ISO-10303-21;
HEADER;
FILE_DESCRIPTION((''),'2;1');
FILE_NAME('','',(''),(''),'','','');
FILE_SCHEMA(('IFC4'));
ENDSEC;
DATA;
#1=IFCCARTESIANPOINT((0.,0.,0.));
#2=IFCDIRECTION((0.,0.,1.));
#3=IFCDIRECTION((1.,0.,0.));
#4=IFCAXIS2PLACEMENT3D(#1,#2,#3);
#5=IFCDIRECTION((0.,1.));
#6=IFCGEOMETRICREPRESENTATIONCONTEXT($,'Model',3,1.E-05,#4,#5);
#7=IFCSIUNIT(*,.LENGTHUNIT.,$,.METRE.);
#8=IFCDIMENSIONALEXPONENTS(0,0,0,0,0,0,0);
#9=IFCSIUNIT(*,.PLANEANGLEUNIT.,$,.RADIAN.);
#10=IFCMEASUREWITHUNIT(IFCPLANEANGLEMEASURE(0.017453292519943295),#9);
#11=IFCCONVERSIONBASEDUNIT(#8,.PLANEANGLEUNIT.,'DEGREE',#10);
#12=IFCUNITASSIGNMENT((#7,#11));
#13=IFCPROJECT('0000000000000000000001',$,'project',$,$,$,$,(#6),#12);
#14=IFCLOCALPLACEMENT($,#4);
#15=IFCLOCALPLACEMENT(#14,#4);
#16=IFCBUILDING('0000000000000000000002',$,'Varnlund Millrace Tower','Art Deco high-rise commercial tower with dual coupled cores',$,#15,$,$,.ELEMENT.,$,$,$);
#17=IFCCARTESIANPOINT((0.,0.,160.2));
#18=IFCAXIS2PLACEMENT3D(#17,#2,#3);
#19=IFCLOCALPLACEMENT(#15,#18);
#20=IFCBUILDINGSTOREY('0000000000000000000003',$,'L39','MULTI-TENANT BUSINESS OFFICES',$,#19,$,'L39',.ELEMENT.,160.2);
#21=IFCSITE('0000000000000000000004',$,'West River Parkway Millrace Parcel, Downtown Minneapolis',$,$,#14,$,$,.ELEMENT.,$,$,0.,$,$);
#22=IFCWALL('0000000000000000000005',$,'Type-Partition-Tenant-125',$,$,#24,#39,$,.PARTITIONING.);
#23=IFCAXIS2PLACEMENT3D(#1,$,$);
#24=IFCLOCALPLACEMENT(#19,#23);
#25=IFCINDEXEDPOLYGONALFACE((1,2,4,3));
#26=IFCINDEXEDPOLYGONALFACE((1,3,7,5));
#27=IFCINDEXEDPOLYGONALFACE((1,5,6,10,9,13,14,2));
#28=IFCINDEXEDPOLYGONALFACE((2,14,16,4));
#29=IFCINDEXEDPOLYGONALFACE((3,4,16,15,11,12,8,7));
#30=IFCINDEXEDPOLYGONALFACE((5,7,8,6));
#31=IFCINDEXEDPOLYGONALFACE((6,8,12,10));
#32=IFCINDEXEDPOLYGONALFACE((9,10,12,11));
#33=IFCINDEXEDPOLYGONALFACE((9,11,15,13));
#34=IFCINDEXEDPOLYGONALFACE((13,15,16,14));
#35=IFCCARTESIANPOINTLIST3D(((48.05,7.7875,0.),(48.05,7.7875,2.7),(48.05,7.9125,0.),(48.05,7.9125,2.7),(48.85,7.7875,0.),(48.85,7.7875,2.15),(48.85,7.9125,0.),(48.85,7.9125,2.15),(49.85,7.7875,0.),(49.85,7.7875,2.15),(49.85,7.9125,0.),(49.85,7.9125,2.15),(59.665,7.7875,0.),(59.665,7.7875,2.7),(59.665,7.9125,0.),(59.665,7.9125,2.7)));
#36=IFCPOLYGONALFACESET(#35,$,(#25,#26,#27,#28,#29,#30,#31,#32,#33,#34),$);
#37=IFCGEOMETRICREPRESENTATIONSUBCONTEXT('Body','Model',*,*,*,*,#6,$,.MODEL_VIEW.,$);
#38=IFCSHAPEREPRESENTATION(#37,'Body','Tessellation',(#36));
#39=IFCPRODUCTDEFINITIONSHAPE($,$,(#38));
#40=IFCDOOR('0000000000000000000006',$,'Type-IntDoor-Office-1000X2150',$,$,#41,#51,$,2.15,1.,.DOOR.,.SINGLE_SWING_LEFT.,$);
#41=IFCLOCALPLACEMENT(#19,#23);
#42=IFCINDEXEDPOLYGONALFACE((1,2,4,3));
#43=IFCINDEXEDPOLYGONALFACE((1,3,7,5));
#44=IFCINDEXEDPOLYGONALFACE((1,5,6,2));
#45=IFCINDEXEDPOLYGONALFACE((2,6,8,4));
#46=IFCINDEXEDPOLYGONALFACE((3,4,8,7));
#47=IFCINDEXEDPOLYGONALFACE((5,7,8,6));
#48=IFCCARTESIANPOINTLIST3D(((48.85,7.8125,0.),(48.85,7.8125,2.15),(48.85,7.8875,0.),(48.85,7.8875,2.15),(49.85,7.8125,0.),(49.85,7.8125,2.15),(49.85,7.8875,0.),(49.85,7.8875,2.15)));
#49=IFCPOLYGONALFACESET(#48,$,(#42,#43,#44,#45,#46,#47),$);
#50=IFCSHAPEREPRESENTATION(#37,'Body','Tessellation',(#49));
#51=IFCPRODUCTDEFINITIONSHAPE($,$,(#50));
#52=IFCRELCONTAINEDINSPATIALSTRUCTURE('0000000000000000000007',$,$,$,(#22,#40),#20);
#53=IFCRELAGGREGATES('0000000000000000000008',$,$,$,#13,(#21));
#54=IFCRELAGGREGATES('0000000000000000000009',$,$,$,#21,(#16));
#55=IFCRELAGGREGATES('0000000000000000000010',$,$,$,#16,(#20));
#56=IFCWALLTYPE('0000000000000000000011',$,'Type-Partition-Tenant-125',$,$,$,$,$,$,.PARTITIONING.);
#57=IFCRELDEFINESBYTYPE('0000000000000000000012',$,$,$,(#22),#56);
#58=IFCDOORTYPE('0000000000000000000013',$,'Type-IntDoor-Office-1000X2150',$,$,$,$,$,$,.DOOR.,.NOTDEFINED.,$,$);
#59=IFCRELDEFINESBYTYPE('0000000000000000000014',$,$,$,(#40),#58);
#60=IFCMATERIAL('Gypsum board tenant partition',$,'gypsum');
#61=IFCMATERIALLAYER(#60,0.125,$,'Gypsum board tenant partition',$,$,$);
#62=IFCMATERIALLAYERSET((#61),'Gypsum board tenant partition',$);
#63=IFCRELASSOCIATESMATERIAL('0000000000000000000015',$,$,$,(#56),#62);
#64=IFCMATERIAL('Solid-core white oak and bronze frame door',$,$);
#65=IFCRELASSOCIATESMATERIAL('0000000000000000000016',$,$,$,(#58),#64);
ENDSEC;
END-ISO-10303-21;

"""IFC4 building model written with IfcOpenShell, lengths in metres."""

from ifc_helpers import new_model, entity, si_unit, converted_unit, direction, frame, origin_with_axes, origin_2d_with_axis, place, context, subcontext, project, spatial, polyline, rectangle, outline, extrude, material, layer, layer_set, type_object, element, fill, save


model = new_model("IFC4")

# Units and contexts
model_context = context("Model", 3, precision=1e-05, world=origin_with_axes(), true_north=direction((0.0, 1.0)))
body_context = subcontext(model_context, "Body", "Model", "MODEL_VIEW")
ifc_project = project(units=[si_unit("LENGTHUNIT", "METRE"), converted_unit("PLANEANGLEUNIT", "DEGREE", entity("IfcPlaneAngleMeasure", 0.017453292519943295), si_unit("PLANEANGLEUNIT", "RADIAN"), dimensions=[0, 0, 0, 0, 0, 0, 0])], contexts=[model_context])

# Site, building, storey
site_placement = place(None, origin_with_axes())
site = spatial("IfcSite", under=ifc_project, at=site_placement, Name="West River Parkway Millrace Parcel, Downtown Minneapolis", CompositionType="ELEMENT", RefElevation=0.0)
building_placement = place(site_placement, origin_with_axes())
building = spatial("IfcBuilding", under=site, at=building_placement, Name="Varnlund Millrace Tower", Description="Art Deco high-rise commercial tower with dual coupled cores", CompositionType="ELEMENT")
storey_placement = place(building_placement, frame((0.0, 0.0, 160.2), z_axis=(0.0, 0.0, 1.0), x_axis=(1.0, 0.0, 0.0)))
storey = spatial("IfcBuildingStorey", under=building, at=storey_placement, Name="L39", Description="MULTI-TENANT BUSINESS OFFICES", LongName="L39", CompositionType="ELEMENT", Elevation=160.2)

# Wall, opening, door
ifc_material_1 = material(Name="Gypsum board tenant partition", Category="gypsum")
ifc_layer_1 = layer(ifc_material_1, 0.125, Name="Gypsum board tenant partition")
ifc_layer_set_1 = layer_set([ifc_layer_1], Name="Gypsum board tenant partition")
wall_type_1 = type_object("IfcWallType", Name="Type-Partition-Tenant-125", PredefinedType="PARTITIONING", material=ifc_layer_set_1)
wall_1_placement = place(storey_placement, frame((59.665, 7.85, 0.0), z_axis=(0.0, 0.0, 1.0), x_axis=(-1.0, 0.0, 0.0)))
wall_1 = element("IfcWall", 1, at=wall_1_placement, inside=storey, type_object=wall_type_1, Name="Type-Partition-Tenant-125", PredefinedType="PARTITIONING", context=body_context, shape_type="SweptSolid", body=[
    extrude(outline(polyline([(0.0, -0.0625), (11.615, -0.0625), (11.615, 0.0625), (0.0, 0.0625), (0.0, -0.0625)])), origin_with_axes(), (0.0, 0.0, 1.0), 2.7),
])
opening_1_placement = place(wall_1_placement, frame((10.315, 0.0, 0.0), z_axis=(0.0, 0.0, 1.0), x_axis=(1.0, 0.0, 0.0)))
opening_1 = element("IfcOpeningElement", 2, at=opening_1_placement, cuts=wall_1, PredefinedType="OPENING", context=body_context, shape_type="SweptSolid", body=[
    extrude(rectangle(XDim=1.0, YDim=0.145, at=origin_2d_with_axis()), origin_with_axes(), (0.0, 0.0, 1.0), 2.15),
])
ifc_material_2 = material(Name="Solid-core white oak and bronze frame door")
door_type_1 = type_object("IfcDoorType", Name="Type-IntDoor-Office-1000X2150", OperationType="NOTDEFINED", PredefinedType="DOOR", material=ifc_material_2)
door_1_placement = place(wall_1_placement, frame((10.315, 0.0, 0.0), z_axis=(0.0, 0.0, 1.0), x_axis=(1.0, 0.0, 0.0)))
door_1 = element("IfcDoor", 3, at=door_1_placement, inside=storey, type_object=door_type_1, Name="Type-IntDoor-Office-1000X2150", OperationType="SINGLE_SWING_LEFT", OverallHeight=2.15, OverallWidth=1.0, PredefinedType="DOOR", context=body_context, shape_type="SweptSolid", body=[
    extrude(rectangle(XDim=1.0, YDim=0.075, at=origin_2d_with_axis()), origin_with_axes(), (0.0, 0.0, 1.0), 2.15),
])
fill(opening_1, door_1)

save(model, "model.ifc")
